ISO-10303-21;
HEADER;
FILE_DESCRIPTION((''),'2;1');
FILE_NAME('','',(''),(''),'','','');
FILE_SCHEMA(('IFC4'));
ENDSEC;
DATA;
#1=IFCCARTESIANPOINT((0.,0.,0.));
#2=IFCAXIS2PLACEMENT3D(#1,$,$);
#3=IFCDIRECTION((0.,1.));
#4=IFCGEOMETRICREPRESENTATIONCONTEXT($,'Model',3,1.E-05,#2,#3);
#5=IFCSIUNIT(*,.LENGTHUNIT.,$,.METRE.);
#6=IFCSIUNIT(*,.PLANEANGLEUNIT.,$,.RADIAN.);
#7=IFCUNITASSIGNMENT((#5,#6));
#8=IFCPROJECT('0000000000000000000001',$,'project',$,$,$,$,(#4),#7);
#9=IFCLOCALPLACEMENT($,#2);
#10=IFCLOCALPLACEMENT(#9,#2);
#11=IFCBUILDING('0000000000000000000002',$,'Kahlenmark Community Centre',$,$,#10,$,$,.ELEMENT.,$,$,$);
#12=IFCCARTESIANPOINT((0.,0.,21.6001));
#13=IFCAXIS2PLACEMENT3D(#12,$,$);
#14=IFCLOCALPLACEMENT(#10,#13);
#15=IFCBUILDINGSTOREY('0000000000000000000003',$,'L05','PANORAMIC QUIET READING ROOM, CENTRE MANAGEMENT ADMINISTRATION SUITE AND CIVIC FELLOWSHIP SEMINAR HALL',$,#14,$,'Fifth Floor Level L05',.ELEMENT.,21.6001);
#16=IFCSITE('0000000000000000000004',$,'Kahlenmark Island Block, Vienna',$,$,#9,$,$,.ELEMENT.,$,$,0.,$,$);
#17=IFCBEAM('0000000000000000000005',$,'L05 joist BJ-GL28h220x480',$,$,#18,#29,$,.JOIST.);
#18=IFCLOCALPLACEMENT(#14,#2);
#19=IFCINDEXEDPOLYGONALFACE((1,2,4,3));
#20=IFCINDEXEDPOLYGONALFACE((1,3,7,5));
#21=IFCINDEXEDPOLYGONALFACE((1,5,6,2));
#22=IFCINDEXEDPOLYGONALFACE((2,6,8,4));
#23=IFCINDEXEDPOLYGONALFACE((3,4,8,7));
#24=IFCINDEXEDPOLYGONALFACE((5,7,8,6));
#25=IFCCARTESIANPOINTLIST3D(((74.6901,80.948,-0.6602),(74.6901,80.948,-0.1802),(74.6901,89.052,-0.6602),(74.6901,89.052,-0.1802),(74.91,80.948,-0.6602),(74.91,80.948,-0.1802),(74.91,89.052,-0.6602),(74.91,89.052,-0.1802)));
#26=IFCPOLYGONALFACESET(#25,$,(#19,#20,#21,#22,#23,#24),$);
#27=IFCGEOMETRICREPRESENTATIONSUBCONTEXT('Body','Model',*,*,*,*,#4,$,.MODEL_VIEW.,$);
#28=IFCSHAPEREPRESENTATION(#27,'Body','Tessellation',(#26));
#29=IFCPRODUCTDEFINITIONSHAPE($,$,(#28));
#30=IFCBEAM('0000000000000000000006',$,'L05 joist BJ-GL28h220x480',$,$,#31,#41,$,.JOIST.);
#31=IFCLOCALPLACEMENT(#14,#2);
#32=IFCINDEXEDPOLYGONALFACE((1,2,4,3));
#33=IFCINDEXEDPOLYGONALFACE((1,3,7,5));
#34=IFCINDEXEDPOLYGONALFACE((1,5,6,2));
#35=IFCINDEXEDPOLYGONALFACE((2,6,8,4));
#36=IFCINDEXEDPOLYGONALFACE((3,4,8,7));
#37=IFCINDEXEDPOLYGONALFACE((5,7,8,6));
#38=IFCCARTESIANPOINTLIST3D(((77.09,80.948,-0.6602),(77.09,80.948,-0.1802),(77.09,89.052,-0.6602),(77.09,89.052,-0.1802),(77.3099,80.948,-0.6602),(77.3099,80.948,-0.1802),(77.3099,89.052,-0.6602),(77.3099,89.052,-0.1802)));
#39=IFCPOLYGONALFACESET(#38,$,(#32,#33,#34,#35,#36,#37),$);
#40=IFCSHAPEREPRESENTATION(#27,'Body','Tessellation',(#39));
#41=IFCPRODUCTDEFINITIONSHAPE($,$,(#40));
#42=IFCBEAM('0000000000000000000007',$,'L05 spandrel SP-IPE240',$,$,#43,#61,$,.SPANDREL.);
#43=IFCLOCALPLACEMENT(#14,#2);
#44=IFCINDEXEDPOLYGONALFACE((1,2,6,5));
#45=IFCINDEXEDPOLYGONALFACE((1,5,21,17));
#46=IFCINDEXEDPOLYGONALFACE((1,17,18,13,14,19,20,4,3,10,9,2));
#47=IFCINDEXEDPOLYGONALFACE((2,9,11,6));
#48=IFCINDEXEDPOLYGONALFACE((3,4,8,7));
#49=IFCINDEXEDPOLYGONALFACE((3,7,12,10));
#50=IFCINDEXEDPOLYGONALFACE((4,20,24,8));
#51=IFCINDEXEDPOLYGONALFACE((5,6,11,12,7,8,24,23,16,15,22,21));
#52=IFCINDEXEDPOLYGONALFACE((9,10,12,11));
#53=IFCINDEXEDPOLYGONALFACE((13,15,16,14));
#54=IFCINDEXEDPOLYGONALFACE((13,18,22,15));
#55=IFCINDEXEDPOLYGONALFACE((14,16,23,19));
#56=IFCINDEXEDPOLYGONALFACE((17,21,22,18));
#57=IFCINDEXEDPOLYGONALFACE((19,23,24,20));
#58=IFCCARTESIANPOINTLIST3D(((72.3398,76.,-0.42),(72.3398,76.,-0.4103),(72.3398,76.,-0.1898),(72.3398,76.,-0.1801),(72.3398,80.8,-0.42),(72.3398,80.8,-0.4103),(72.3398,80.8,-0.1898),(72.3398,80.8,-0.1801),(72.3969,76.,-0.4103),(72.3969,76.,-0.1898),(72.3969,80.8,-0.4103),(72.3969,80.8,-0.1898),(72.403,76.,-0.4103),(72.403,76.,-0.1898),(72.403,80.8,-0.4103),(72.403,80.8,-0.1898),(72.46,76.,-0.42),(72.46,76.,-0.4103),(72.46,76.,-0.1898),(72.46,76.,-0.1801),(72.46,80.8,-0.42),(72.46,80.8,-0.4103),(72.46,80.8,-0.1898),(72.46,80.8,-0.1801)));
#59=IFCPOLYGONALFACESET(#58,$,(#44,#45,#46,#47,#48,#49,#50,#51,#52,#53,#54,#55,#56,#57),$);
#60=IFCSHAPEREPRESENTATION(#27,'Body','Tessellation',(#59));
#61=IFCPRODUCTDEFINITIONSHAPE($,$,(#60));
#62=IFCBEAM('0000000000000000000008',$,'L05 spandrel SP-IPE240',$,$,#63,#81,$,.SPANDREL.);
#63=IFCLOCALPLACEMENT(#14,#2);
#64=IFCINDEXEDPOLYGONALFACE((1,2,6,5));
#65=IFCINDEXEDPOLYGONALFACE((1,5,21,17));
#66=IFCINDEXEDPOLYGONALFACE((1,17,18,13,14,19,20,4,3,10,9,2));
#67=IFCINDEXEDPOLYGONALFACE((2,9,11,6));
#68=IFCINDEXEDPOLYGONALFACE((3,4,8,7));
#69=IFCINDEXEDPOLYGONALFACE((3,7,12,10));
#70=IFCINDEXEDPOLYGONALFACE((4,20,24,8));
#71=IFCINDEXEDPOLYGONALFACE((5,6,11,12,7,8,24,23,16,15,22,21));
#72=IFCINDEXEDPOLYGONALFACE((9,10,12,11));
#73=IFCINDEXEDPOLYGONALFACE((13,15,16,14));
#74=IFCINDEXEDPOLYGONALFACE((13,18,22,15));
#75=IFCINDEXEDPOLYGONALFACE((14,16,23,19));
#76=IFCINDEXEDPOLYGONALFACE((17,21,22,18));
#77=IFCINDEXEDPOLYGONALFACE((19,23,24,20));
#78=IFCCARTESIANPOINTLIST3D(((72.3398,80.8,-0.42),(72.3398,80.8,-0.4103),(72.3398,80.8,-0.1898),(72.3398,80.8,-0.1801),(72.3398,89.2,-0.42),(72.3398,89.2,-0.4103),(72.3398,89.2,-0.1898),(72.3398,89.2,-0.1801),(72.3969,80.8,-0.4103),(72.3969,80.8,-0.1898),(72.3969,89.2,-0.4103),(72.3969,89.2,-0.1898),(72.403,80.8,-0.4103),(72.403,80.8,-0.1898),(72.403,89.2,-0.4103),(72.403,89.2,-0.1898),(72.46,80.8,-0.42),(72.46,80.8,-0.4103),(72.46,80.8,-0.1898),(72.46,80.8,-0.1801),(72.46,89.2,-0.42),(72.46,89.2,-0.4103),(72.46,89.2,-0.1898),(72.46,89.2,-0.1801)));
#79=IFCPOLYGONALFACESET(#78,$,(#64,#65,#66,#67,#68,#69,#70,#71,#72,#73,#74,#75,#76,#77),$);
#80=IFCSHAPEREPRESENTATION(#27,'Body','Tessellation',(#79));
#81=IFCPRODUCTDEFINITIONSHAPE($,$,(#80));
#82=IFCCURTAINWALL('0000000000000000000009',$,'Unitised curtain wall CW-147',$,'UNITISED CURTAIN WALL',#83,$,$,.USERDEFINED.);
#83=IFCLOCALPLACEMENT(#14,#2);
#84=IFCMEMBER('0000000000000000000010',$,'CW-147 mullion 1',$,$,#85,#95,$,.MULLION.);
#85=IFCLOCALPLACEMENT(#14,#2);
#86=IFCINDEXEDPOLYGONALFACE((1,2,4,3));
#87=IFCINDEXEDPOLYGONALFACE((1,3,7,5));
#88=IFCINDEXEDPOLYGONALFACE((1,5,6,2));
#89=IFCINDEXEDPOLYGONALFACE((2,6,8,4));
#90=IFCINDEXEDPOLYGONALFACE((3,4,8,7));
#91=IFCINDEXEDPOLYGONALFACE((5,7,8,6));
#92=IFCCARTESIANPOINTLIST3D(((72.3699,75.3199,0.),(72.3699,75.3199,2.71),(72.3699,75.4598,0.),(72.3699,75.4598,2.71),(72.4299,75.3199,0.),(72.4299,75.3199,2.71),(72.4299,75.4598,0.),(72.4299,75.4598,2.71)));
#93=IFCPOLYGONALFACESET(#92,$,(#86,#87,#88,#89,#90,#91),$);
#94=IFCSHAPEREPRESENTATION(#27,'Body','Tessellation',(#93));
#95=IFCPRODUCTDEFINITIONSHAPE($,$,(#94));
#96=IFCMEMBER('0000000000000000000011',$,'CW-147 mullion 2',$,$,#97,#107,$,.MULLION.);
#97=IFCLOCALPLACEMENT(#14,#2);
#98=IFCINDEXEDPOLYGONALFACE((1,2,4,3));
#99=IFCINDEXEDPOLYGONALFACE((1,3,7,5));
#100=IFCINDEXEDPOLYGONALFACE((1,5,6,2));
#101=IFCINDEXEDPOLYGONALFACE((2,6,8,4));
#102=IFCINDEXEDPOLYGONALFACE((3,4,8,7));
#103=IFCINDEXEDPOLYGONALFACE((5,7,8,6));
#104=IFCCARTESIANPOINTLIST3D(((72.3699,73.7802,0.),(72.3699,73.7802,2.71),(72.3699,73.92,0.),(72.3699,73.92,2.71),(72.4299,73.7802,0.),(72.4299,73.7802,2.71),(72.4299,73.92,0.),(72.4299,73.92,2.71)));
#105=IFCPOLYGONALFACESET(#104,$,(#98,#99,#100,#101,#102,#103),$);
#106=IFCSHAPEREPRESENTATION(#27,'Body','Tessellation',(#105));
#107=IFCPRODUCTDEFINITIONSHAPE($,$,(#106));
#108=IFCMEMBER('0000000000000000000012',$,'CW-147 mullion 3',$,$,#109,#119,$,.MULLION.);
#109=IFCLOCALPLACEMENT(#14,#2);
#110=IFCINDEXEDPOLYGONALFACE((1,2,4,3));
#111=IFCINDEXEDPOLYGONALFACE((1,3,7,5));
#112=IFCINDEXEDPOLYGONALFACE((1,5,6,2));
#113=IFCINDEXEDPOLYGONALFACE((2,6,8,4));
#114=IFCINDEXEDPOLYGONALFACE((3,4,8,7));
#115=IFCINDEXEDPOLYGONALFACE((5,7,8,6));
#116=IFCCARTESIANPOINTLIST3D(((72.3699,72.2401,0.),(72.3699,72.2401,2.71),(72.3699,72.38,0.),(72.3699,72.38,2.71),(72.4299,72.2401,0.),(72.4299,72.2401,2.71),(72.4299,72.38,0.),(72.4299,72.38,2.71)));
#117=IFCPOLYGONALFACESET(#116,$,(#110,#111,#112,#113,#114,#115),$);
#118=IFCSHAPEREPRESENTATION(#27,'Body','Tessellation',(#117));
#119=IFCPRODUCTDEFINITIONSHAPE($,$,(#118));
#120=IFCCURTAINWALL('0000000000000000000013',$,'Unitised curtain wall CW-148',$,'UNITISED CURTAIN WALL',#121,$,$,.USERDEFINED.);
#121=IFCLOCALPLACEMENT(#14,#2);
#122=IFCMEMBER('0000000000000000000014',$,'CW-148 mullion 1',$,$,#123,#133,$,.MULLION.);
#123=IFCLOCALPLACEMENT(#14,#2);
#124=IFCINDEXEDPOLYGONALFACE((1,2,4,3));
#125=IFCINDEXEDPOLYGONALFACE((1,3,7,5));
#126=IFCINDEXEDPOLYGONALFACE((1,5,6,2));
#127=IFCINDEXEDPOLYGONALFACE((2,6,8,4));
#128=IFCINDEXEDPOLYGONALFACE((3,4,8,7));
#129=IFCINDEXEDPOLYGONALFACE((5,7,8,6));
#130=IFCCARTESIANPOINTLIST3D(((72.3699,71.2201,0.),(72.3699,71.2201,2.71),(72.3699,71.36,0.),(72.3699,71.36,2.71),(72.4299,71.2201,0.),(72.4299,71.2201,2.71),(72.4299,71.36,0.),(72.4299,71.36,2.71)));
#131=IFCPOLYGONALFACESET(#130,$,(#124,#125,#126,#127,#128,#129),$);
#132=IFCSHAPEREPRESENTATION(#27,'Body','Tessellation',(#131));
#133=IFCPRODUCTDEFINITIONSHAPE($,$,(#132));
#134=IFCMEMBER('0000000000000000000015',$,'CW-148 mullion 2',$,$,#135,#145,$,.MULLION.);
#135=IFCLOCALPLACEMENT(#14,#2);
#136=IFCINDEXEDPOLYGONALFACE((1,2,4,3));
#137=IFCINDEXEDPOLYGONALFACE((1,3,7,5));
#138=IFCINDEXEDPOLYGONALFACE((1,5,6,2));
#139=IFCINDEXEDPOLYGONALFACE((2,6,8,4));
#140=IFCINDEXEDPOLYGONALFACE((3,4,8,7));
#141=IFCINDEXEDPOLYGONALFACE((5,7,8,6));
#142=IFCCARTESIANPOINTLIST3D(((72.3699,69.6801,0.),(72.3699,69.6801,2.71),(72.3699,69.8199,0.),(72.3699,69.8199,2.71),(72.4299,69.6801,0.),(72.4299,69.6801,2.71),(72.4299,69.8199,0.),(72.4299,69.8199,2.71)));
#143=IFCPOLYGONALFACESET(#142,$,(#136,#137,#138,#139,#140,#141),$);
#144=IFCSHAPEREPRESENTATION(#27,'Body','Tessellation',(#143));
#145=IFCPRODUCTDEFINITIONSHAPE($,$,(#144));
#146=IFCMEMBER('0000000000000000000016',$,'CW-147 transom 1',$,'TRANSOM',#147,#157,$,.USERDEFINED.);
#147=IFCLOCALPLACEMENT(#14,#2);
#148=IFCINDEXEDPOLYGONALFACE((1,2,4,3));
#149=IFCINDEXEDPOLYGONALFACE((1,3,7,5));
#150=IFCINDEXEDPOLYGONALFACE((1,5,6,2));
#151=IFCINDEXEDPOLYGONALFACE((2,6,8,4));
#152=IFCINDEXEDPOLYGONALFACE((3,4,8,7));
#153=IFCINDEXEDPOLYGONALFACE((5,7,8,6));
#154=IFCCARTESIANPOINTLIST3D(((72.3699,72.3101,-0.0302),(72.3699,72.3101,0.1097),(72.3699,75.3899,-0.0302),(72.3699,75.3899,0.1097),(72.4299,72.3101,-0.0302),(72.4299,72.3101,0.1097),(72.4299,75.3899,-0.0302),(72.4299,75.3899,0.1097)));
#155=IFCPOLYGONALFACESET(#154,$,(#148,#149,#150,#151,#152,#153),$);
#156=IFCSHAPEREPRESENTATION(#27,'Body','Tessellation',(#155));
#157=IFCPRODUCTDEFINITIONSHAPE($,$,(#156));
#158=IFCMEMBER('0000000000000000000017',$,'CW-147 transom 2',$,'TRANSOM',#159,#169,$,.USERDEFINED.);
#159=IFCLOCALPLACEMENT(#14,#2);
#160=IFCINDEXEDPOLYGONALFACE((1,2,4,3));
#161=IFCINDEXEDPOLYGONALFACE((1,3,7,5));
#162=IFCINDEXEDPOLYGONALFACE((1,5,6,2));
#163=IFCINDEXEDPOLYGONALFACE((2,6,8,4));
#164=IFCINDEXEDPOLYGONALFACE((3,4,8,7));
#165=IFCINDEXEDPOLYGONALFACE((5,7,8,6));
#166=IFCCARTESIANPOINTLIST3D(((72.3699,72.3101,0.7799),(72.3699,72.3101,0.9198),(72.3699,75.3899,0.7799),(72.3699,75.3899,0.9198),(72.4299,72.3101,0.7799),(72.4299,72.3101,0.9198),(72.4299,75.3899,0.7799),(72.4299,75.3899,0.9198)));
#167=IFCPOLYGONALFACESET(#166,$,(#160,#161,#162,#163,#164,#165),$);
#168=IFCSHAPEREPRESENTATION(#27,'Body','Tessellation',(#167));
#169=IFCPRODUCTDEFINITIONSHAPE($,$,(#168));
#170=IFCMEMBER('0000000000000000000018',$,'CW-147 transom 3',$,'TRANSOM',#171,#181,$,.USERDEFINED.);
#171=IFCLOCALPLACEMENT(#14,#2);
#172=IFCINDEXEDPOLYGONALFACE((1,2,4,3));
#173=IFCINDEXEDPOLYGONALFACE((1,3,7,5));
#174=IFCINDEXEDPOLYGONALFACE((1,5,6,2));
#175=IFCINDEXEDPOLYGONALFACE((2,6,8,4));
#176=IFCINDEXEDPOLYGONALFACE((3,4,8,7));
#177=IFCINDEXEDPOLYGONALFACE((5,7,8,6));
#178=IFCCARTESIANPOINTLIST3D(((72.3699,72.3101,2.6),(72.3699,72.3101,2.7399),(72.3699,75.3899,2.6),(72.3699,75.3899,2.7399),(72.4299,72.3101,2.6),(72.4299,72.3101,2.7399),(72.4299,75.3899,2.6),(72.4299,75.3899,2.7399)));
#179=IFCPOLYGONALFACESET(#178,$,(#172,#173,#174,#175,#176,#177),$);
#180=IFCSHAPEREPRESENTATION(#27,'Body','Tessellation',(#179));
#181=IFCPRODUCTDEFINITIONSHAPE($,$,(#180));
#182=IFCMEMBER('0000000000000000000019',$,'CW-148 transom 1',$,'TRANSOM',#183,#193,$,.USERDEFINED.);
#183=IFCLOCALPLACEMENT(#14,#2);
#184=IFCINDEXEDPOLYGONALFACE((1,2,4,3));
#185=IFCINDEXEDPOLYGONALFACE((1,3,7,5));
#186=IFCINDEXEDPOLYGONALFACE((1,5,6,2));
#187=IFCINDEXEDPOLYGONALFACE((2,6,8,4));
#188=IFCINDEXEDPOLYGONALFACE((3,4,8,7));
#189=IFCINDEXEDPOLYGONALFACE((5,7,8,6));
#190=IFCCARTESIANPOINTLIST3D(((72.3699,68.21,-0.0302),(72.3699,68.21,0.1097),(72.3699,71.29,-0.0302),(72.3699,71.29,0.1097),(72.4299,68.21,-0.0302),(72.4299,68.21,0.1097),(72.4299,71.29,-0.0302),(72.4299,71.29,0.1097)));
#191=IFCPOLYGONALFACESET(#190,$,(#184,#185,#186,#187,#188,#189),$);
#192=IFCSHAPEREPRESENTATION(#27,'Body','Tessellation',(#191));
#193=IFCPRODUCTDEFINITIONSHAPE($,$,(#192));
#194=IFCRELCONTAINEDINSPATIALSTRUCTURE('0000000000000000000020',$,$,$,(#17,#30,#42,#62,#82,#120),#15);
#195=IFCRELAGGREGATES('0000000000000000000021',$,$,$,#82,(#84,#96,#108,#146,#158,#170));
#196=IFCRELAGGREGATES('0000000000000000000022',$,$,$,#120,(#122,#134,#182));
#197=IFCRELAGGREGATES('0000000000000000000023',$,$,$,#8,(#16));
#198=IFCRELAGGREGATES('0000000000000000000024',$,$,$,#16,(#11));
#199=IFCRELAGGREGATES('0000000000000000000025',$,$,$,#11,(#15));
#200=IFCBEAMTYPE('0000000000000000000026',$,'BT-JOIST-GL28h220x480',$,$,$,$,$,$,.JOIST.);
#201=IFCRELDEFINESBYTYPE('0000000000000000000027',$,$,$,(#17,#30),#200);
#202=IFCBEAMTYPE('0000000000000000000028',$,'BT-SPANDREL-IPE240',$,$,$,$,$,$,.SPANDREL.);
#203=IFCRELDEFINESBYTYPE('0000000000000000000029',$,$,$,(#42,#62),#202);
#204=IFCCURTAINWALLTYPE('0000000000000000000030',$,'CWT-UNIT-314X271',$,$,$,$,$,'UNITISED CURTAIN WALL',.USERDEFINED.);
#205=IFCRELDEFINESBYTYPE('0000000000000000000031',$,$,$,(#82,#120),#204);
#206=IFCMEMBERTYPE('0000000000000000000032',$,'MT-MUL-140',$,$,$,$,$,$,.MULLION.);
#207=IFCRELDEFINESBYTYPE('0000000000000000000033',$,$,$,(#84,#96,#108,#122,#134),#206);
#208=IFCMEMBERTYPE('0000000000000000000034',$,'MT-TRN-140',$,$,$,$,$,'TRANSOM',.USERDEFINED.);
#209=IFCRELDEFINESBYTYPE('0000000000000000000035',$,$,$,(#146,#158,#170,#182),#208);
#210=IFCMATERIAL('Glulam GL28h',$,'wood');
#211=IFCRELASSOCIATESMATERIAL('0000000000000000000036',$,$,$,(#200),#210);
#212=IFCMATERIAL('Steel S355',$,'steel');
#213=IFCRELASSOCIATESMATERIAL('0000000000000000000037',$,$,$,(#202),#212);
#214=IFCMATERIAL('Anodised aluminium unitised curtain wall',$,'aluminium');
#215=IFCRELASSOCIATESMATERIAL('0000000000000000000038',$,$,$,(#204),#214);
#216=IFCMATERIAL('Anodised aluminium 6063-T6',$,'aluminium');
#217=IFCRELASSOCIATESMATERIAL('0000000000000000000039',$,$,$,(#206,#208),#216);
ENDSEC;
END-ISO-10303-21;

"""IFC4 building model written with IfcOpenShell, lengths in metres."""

from ifc_helpers import new_model, si_unit, direction, frame, origin, origin_2d, place, context, subcontext, project, spatial, rectangle, i_section, extrude, material, material_profile, profile_set, type_object, element, aggregate, save


model = new_model("IFC4")

# Units and contexts
model_context = context("Model", 3, precision=1e-05, world=origin(), true_north=direction((0.0, 1.0)))
body_context = subcontext(model_context, "Body", "Model", "MODEL_VIEW")
ifc_project = project(units=[si_unit("LENGTHUNIT", "METRE"), si_unit("PLANEANGLEUNIT", "RADIAN")], contexts=[model_context])

# Site, building, storey
site_placement = place(None, origin())
site = spatial("IfcSite", under=ifc_project, at=site_placement, Name="Kahlenmark Island Block, Vienna", CompositionType="ELEMENT", RefElevation=0.0)
building_placement = place(site_placement, origin())
building = spatial("IfcBuilding", under=site, at=building_placement, Name="Kahlenmark Community Centre", CompositionType="ELEMENT")
storey_placement = place(building_placement, frame((0.0, 0.0, 21.6001)))
storey = spatial("IfcBuildingStorey", under=building, at=storey_placement, Name="L05", Description="PANORAMIC QUIET READING ROOM, CENTRE MANAGEMENT ADMINISTRATION SUITE AND CIVIC FELLOWSHIP SEMINAR HALL", LongName="Fifth Floor Level L05", CompositionType="ELEMENT", Elevation=21.6001)

# Shared definitions
ifc_material_1 = material(Name="Steel S355", Category="steel")

# Beams
ifc_material_2 = material(Name="Glulam GL28h", Category="wood")
ifc_material_profile_1 = material_profile(ifc_material_2, rectangle(XDim=0.22, YDim=0.48, at=origin_2d()), Name="GL28h 220x480")
ifc_profile_set_1 = profile_set([ifc_material_profile_1], Name="Glulam GL28h")
beam_type_1 = type_object("IfcBeamType", Name="BT-JOIST-GL28h220x480", PredefinedType="JOIST", material=ifc_profile_set_1)
for number, where, z_axis, x_axis, name in (
    (1, (74.8, 80.948, -0.4202), (0.0, 1.0, 0.0), (-1.0, 0.0, 0.0), "L05 joist BJ-GL28h220x480"),
    (2, (77.2, 80.948, -0.4202), (0.0, 1.0, 0.0), (-1.0, 0.0, 0.0), "L05 joist BJ-GL28h220x480"),
):
    element("IfcBeam", number, at=place(storey_placement, frame(where, z_axis=z_axis, x_axis=x_axis)), inside=storey, type_object=beam_type_1, Name=name, PredefinedType="JOIST", context=body_context, shape_type="SweptSolid", body=[
        extrude(rectangle(XDim=0.22, YDim=0.48, at=origin_2d()), origin(), (0.0, 0.0, 1.0), 8.104),
    ])
ifc_material_profile_2 = material_profile(ifc_material_1, i_section(OverallWidth=0.1201, OverallDepth=0.24, WebThickness=0.0061, FlangeThickness=0.0098, at=origin_2d()), Name="IPE 240")
ifc_profile_set_2 = profile_set([ifc_material_profile_2], Name="Steel S355")
beam_type_2 = type_object("IfcBeamType", Name="BT-SPANDREL-IPE240", PredefinedType="SPANDREL", material=ifc_profile_set_2)
beam_1_placement = place(storey_placement, frame((72.3999, 76.0, -0.3), z_axis=(0.0, 1.0, 0.0), x_axis=(-1.0, 0.0, 0.0)))
element("IfcBeam", 3, at=beam_1_placement, inside=storey, type_object=beam_type_2, Name="L05 spandrel SP-IPE240", PredefinedType="SPANDREL", context=body_context, shape_type="SweptSolid", body=[
    extrude(i_section(OverallWidth=0.1201, OverallDepth=0.24, WebThickness=0.0061, FlangeThickness=0.0098, at=origin_2d()), origin(), (0.0, 0.0, 1.0), 4.8),
])
beam_2_placement = place(storey_placement, frame((72.3999, 80.8, -0.3), z_axis=(0.0, 1.0, 0.0), x_axis=(-1.0, 0.0, 0.0)))
element("IfcBeam", 4, at=beam_2_placement, inside=storey, type_object=beam_type_2, Name="L05 spandrel SP-IPE240", PredefinedType="SPANDREL", context=body_context, shape_type="SweptSolid", body=[
    extrude(i_section(OverallWidth=0.1201, OverallDepth=0.24, WebThickness=0.0061, FlangeThickness=0.0098, at=origin_2d()), origin(), (0.0, 0.0, 1.0), 8.3999),
])

# Curtain walls, members
ifc_material_3 = material(Name="Anodised aluminium unitised curtain wall", Category="aluminium")
curtain_wall_type = type_object("IfcCurtainWallType", Name="CWT-UNIT-314X271", ElementType="UNITISED CURTAIN WALL", PredefinedType="USERDEFINED", material=ifc_material_3)
curtain_wall_1_placement = place(storey_placement, origin())
curtain_wall_1 = element("IfcCurtainWall", 5, at=curtain_wall_1_placement, inside=storey, type_object=curtain_wall_type, Name="Unitised curtain wall CW-147", ObjectType="UNITISED CURTAIN WALL", PredefinedType="USERDEFINED")
ifc_material_4 = material(Name="Anodised aluminium 6063-T6", Category="aluminium")
ifc_material_profile_3 = material_profile(ifc_material_4, rectangle(XDim=0.0601, YDim=0.1399, at=origin_2d()), Name="ALU MULLION 60x140")
ifc_profile_set_3 = profile_set([ifc_material_profile_3], Name="Anodised aluminium 6063-T6")
member_type_1 = type_object("IfcMemberType", Name="MT-MUL-140", PredefinedType="MULLION", material=ifc_profile_set_3)
member_1_placement = place(storey_placement, frame((72.3999, 75.3899, 0.0), z_axis=(0.0, 0.0, 1.0), x_axis=(1.0, 0.0, 0.0)))
member_1 = element("IfcMember", 6, at=member_1_placement, type_object=member_type_1, Name="CW-147 mullion 1", PredefinedType="MULLION", context=body_context, shape_type="SweptSolid", body=[
    extrude(rectangle(XDim=0.0601, YDim=0.1399, at=origin_2d()), origin(), (0.0, 0.0, 1.0), 2.71),
])
member_2_placement = place(storey_placement, frame((72.3999, 73.8501, 0.0), z_axis=(0.0, 0.0, 1.0), x_axis=(1.0, 0.0, 0.0)))
member_2 = element("IfcMember", 7, at=member_2_placement, type_object=member_type_1, Name="CW-147 mullion 2", PredefinedType="MULLION", context=body_context, shape_type="SweptSolid", body=[
    extrude(rectangle(XDim=0.0601, YDim=0.1399, at=origin_2d()), origin(), (0.0, 0.0, 1.0), 2.71),
])
member_3_placement = place(storey_placement, frame((72.3999, 72.3101, 0.0), z_axis=(0.0, 0.0, 1.0), x_axis=(1.0, 0.0, 0.0)))
member_3 = element("IfcMember", 8, at=member_3_placement, type_object=member_type_1, Name="CW-147 mullion 3", PredefinedType="MULLION", context=body_context, shape_type="SweptSolid", body=[
    extrude(rectangle(XDim=0.0601, YDim=0.1399, at=origin_2d()), origin(), (0.0, 0.0, 1.0), 2.71),
])
curtain_wall_2_placement = place(storey_placement, origin())
curtain_wall_2 = element("IfcCurtainWall", 9, at=curtain_wall_2_placement, inside=storey, type_object=curtain_wall_type, Name="Unitised curtain wall CW-148", ObjectType="UNITISED CURTAIN WALL", PredefinedType="USERDEFINED")
member_4_placement = place(storey_placement, frame((72.3999, 71.29, 0.0), z_axis=(0.0, 0.0, 1.0), x_axis=(1.0, 0.0, 0.0)))
member_4 = element("IfcMember", 10, at=member_4_placement, type_object=member_type_1, Name="CW-148 mullion 1", PredefinedType="MULLION", context=body_context, shape_type="SweptSolid", body=[
    extrude(rectangle(XDim=0.0601, YDim=0.1399, at=origin_2d()), origin(), (0.0, 0.0, 1.0), 2.71),
])
member_5_placement = place(storey_placement, frame((72.3999, 69.75, 0.0), z_axis=(0.0, 0.0, 1.0), x_axis=(1.0, 0.0, 0.0)))
member_5 = element("IfcMember", 11, at=member_5_placement, type_object=member_type_1, Name="CW-148 mullion 2", PredefinedType="MULLION", context=body_context, shape_type="SweptSolid", body=[
    extrude(rectangle(XDim=0.0601, YDim=0.1399, at=origin_2d()), origin(), (0.0, 0.0, 1.0), 2.71),
])

# Members
ifc_material_profile_4 = material_profile(ifc_material_4, rectangle(XDim=0.0601, YDim=0.1399, at=origin_2d()), Name="ALU TRANSOM 60x140")
ifc_profile_set_4 = profile_set([ifc_material_profile_4], Name="Anodised aluminium 6063-T6")
member_type_2 = type_object("IfcMemberType", Name="MT-TRN-140", ElementType="TRANSOM", PredefinedType="USERDEFINED", material=ifc_profile_set_4)
member_6_placement = place(storey_placement, frame((72.3999, 75.3899, 0.0398), z_axis=(0.0, -1.0, 0.0), x_axis=(1.0, 0.0, 0.0)))
member_6 = element("IfcMember", 12, at=member_6_placement, type_object=member_type_2, Name="CW-147 transom 1", ObjectType="TRANSOM", PredefinedType="USERDEFINED", context=body_context, shape_type="SweptSolid", body=[
    extrude(rectangle(XDim=0.0601, YDim=0.1399, at=origin_2d()), origin(), (0.0, 0.0, 1.0), 3.0798),
])
member_7_placement = place(storey_placement, frame((72.3999, 75.3899, 0.8499), z_axis=(0.0, -1.0, 0.0), x_axis=(1.0, 0.0, 0.0)))
member_7 = element("IfcMember", 13, at=member_7_placement, type_object=member_type_2, Name="CW-147 transom 2", ObjectType="TRANSOM", PredefinedType="USERDEFINED", context=body_context, shape_type="SweptSolid", body=[
    extrude(rectangle(XDim=0.0601, YDim=0.1399, at=origin_2d()), origin(), (0.0, 0.0, 1.0), 3.0798),
])
member_8_placement = place(storey_placement, frame((72.3999, 75.3899, 2.6699), z_axis=(0.0, -1.0, 0.0), x_axis=(1.0, 0.0, 0.0)))
member_8 = element("IfcMember", 14, at=member_8_placement, type_object=member_type_2, Name="CW-147 transom 3", ObjectType="TRANSOM", PredefinedType="USERDEFINED", context=body_context, shape_type="SweptSolid", body=[
    extrude(rectangle(XDim=0.0601, YDim=0.1399, at=origin_2d()), origin(), (0.0, 0.0, 1.0), 3.0798),
])
member_9_placement = place(storey_placement, frame((72.3999, 71.29, 0.0398), z_axis=(0.0, -1.0, 0.0), x_axis=(1.0, 0.0, 0.0)))
member_9 = element("IfcMember", 15, at=member_9_placement, type_object=member_type_2, Name="CW-148 transom 1", ObjectType="TRANSOM", PredefinedType="USERDEFINED", context=body_context, shape_type="SweptSolid", body=[
    extrude(rectangle(XDim=0.0601, YDim=0.1399, at=origin_2d()), origin(), (0.0, 0.0, 1.0), 3.0801),
])

aggregate(curtain_wall_1, [member_1, member_2, member_3, member_6, member_7, member_8])
aggregate(curtain_wall_2, [member_4, member_5, member_9])

save(model, "model.ifc")
